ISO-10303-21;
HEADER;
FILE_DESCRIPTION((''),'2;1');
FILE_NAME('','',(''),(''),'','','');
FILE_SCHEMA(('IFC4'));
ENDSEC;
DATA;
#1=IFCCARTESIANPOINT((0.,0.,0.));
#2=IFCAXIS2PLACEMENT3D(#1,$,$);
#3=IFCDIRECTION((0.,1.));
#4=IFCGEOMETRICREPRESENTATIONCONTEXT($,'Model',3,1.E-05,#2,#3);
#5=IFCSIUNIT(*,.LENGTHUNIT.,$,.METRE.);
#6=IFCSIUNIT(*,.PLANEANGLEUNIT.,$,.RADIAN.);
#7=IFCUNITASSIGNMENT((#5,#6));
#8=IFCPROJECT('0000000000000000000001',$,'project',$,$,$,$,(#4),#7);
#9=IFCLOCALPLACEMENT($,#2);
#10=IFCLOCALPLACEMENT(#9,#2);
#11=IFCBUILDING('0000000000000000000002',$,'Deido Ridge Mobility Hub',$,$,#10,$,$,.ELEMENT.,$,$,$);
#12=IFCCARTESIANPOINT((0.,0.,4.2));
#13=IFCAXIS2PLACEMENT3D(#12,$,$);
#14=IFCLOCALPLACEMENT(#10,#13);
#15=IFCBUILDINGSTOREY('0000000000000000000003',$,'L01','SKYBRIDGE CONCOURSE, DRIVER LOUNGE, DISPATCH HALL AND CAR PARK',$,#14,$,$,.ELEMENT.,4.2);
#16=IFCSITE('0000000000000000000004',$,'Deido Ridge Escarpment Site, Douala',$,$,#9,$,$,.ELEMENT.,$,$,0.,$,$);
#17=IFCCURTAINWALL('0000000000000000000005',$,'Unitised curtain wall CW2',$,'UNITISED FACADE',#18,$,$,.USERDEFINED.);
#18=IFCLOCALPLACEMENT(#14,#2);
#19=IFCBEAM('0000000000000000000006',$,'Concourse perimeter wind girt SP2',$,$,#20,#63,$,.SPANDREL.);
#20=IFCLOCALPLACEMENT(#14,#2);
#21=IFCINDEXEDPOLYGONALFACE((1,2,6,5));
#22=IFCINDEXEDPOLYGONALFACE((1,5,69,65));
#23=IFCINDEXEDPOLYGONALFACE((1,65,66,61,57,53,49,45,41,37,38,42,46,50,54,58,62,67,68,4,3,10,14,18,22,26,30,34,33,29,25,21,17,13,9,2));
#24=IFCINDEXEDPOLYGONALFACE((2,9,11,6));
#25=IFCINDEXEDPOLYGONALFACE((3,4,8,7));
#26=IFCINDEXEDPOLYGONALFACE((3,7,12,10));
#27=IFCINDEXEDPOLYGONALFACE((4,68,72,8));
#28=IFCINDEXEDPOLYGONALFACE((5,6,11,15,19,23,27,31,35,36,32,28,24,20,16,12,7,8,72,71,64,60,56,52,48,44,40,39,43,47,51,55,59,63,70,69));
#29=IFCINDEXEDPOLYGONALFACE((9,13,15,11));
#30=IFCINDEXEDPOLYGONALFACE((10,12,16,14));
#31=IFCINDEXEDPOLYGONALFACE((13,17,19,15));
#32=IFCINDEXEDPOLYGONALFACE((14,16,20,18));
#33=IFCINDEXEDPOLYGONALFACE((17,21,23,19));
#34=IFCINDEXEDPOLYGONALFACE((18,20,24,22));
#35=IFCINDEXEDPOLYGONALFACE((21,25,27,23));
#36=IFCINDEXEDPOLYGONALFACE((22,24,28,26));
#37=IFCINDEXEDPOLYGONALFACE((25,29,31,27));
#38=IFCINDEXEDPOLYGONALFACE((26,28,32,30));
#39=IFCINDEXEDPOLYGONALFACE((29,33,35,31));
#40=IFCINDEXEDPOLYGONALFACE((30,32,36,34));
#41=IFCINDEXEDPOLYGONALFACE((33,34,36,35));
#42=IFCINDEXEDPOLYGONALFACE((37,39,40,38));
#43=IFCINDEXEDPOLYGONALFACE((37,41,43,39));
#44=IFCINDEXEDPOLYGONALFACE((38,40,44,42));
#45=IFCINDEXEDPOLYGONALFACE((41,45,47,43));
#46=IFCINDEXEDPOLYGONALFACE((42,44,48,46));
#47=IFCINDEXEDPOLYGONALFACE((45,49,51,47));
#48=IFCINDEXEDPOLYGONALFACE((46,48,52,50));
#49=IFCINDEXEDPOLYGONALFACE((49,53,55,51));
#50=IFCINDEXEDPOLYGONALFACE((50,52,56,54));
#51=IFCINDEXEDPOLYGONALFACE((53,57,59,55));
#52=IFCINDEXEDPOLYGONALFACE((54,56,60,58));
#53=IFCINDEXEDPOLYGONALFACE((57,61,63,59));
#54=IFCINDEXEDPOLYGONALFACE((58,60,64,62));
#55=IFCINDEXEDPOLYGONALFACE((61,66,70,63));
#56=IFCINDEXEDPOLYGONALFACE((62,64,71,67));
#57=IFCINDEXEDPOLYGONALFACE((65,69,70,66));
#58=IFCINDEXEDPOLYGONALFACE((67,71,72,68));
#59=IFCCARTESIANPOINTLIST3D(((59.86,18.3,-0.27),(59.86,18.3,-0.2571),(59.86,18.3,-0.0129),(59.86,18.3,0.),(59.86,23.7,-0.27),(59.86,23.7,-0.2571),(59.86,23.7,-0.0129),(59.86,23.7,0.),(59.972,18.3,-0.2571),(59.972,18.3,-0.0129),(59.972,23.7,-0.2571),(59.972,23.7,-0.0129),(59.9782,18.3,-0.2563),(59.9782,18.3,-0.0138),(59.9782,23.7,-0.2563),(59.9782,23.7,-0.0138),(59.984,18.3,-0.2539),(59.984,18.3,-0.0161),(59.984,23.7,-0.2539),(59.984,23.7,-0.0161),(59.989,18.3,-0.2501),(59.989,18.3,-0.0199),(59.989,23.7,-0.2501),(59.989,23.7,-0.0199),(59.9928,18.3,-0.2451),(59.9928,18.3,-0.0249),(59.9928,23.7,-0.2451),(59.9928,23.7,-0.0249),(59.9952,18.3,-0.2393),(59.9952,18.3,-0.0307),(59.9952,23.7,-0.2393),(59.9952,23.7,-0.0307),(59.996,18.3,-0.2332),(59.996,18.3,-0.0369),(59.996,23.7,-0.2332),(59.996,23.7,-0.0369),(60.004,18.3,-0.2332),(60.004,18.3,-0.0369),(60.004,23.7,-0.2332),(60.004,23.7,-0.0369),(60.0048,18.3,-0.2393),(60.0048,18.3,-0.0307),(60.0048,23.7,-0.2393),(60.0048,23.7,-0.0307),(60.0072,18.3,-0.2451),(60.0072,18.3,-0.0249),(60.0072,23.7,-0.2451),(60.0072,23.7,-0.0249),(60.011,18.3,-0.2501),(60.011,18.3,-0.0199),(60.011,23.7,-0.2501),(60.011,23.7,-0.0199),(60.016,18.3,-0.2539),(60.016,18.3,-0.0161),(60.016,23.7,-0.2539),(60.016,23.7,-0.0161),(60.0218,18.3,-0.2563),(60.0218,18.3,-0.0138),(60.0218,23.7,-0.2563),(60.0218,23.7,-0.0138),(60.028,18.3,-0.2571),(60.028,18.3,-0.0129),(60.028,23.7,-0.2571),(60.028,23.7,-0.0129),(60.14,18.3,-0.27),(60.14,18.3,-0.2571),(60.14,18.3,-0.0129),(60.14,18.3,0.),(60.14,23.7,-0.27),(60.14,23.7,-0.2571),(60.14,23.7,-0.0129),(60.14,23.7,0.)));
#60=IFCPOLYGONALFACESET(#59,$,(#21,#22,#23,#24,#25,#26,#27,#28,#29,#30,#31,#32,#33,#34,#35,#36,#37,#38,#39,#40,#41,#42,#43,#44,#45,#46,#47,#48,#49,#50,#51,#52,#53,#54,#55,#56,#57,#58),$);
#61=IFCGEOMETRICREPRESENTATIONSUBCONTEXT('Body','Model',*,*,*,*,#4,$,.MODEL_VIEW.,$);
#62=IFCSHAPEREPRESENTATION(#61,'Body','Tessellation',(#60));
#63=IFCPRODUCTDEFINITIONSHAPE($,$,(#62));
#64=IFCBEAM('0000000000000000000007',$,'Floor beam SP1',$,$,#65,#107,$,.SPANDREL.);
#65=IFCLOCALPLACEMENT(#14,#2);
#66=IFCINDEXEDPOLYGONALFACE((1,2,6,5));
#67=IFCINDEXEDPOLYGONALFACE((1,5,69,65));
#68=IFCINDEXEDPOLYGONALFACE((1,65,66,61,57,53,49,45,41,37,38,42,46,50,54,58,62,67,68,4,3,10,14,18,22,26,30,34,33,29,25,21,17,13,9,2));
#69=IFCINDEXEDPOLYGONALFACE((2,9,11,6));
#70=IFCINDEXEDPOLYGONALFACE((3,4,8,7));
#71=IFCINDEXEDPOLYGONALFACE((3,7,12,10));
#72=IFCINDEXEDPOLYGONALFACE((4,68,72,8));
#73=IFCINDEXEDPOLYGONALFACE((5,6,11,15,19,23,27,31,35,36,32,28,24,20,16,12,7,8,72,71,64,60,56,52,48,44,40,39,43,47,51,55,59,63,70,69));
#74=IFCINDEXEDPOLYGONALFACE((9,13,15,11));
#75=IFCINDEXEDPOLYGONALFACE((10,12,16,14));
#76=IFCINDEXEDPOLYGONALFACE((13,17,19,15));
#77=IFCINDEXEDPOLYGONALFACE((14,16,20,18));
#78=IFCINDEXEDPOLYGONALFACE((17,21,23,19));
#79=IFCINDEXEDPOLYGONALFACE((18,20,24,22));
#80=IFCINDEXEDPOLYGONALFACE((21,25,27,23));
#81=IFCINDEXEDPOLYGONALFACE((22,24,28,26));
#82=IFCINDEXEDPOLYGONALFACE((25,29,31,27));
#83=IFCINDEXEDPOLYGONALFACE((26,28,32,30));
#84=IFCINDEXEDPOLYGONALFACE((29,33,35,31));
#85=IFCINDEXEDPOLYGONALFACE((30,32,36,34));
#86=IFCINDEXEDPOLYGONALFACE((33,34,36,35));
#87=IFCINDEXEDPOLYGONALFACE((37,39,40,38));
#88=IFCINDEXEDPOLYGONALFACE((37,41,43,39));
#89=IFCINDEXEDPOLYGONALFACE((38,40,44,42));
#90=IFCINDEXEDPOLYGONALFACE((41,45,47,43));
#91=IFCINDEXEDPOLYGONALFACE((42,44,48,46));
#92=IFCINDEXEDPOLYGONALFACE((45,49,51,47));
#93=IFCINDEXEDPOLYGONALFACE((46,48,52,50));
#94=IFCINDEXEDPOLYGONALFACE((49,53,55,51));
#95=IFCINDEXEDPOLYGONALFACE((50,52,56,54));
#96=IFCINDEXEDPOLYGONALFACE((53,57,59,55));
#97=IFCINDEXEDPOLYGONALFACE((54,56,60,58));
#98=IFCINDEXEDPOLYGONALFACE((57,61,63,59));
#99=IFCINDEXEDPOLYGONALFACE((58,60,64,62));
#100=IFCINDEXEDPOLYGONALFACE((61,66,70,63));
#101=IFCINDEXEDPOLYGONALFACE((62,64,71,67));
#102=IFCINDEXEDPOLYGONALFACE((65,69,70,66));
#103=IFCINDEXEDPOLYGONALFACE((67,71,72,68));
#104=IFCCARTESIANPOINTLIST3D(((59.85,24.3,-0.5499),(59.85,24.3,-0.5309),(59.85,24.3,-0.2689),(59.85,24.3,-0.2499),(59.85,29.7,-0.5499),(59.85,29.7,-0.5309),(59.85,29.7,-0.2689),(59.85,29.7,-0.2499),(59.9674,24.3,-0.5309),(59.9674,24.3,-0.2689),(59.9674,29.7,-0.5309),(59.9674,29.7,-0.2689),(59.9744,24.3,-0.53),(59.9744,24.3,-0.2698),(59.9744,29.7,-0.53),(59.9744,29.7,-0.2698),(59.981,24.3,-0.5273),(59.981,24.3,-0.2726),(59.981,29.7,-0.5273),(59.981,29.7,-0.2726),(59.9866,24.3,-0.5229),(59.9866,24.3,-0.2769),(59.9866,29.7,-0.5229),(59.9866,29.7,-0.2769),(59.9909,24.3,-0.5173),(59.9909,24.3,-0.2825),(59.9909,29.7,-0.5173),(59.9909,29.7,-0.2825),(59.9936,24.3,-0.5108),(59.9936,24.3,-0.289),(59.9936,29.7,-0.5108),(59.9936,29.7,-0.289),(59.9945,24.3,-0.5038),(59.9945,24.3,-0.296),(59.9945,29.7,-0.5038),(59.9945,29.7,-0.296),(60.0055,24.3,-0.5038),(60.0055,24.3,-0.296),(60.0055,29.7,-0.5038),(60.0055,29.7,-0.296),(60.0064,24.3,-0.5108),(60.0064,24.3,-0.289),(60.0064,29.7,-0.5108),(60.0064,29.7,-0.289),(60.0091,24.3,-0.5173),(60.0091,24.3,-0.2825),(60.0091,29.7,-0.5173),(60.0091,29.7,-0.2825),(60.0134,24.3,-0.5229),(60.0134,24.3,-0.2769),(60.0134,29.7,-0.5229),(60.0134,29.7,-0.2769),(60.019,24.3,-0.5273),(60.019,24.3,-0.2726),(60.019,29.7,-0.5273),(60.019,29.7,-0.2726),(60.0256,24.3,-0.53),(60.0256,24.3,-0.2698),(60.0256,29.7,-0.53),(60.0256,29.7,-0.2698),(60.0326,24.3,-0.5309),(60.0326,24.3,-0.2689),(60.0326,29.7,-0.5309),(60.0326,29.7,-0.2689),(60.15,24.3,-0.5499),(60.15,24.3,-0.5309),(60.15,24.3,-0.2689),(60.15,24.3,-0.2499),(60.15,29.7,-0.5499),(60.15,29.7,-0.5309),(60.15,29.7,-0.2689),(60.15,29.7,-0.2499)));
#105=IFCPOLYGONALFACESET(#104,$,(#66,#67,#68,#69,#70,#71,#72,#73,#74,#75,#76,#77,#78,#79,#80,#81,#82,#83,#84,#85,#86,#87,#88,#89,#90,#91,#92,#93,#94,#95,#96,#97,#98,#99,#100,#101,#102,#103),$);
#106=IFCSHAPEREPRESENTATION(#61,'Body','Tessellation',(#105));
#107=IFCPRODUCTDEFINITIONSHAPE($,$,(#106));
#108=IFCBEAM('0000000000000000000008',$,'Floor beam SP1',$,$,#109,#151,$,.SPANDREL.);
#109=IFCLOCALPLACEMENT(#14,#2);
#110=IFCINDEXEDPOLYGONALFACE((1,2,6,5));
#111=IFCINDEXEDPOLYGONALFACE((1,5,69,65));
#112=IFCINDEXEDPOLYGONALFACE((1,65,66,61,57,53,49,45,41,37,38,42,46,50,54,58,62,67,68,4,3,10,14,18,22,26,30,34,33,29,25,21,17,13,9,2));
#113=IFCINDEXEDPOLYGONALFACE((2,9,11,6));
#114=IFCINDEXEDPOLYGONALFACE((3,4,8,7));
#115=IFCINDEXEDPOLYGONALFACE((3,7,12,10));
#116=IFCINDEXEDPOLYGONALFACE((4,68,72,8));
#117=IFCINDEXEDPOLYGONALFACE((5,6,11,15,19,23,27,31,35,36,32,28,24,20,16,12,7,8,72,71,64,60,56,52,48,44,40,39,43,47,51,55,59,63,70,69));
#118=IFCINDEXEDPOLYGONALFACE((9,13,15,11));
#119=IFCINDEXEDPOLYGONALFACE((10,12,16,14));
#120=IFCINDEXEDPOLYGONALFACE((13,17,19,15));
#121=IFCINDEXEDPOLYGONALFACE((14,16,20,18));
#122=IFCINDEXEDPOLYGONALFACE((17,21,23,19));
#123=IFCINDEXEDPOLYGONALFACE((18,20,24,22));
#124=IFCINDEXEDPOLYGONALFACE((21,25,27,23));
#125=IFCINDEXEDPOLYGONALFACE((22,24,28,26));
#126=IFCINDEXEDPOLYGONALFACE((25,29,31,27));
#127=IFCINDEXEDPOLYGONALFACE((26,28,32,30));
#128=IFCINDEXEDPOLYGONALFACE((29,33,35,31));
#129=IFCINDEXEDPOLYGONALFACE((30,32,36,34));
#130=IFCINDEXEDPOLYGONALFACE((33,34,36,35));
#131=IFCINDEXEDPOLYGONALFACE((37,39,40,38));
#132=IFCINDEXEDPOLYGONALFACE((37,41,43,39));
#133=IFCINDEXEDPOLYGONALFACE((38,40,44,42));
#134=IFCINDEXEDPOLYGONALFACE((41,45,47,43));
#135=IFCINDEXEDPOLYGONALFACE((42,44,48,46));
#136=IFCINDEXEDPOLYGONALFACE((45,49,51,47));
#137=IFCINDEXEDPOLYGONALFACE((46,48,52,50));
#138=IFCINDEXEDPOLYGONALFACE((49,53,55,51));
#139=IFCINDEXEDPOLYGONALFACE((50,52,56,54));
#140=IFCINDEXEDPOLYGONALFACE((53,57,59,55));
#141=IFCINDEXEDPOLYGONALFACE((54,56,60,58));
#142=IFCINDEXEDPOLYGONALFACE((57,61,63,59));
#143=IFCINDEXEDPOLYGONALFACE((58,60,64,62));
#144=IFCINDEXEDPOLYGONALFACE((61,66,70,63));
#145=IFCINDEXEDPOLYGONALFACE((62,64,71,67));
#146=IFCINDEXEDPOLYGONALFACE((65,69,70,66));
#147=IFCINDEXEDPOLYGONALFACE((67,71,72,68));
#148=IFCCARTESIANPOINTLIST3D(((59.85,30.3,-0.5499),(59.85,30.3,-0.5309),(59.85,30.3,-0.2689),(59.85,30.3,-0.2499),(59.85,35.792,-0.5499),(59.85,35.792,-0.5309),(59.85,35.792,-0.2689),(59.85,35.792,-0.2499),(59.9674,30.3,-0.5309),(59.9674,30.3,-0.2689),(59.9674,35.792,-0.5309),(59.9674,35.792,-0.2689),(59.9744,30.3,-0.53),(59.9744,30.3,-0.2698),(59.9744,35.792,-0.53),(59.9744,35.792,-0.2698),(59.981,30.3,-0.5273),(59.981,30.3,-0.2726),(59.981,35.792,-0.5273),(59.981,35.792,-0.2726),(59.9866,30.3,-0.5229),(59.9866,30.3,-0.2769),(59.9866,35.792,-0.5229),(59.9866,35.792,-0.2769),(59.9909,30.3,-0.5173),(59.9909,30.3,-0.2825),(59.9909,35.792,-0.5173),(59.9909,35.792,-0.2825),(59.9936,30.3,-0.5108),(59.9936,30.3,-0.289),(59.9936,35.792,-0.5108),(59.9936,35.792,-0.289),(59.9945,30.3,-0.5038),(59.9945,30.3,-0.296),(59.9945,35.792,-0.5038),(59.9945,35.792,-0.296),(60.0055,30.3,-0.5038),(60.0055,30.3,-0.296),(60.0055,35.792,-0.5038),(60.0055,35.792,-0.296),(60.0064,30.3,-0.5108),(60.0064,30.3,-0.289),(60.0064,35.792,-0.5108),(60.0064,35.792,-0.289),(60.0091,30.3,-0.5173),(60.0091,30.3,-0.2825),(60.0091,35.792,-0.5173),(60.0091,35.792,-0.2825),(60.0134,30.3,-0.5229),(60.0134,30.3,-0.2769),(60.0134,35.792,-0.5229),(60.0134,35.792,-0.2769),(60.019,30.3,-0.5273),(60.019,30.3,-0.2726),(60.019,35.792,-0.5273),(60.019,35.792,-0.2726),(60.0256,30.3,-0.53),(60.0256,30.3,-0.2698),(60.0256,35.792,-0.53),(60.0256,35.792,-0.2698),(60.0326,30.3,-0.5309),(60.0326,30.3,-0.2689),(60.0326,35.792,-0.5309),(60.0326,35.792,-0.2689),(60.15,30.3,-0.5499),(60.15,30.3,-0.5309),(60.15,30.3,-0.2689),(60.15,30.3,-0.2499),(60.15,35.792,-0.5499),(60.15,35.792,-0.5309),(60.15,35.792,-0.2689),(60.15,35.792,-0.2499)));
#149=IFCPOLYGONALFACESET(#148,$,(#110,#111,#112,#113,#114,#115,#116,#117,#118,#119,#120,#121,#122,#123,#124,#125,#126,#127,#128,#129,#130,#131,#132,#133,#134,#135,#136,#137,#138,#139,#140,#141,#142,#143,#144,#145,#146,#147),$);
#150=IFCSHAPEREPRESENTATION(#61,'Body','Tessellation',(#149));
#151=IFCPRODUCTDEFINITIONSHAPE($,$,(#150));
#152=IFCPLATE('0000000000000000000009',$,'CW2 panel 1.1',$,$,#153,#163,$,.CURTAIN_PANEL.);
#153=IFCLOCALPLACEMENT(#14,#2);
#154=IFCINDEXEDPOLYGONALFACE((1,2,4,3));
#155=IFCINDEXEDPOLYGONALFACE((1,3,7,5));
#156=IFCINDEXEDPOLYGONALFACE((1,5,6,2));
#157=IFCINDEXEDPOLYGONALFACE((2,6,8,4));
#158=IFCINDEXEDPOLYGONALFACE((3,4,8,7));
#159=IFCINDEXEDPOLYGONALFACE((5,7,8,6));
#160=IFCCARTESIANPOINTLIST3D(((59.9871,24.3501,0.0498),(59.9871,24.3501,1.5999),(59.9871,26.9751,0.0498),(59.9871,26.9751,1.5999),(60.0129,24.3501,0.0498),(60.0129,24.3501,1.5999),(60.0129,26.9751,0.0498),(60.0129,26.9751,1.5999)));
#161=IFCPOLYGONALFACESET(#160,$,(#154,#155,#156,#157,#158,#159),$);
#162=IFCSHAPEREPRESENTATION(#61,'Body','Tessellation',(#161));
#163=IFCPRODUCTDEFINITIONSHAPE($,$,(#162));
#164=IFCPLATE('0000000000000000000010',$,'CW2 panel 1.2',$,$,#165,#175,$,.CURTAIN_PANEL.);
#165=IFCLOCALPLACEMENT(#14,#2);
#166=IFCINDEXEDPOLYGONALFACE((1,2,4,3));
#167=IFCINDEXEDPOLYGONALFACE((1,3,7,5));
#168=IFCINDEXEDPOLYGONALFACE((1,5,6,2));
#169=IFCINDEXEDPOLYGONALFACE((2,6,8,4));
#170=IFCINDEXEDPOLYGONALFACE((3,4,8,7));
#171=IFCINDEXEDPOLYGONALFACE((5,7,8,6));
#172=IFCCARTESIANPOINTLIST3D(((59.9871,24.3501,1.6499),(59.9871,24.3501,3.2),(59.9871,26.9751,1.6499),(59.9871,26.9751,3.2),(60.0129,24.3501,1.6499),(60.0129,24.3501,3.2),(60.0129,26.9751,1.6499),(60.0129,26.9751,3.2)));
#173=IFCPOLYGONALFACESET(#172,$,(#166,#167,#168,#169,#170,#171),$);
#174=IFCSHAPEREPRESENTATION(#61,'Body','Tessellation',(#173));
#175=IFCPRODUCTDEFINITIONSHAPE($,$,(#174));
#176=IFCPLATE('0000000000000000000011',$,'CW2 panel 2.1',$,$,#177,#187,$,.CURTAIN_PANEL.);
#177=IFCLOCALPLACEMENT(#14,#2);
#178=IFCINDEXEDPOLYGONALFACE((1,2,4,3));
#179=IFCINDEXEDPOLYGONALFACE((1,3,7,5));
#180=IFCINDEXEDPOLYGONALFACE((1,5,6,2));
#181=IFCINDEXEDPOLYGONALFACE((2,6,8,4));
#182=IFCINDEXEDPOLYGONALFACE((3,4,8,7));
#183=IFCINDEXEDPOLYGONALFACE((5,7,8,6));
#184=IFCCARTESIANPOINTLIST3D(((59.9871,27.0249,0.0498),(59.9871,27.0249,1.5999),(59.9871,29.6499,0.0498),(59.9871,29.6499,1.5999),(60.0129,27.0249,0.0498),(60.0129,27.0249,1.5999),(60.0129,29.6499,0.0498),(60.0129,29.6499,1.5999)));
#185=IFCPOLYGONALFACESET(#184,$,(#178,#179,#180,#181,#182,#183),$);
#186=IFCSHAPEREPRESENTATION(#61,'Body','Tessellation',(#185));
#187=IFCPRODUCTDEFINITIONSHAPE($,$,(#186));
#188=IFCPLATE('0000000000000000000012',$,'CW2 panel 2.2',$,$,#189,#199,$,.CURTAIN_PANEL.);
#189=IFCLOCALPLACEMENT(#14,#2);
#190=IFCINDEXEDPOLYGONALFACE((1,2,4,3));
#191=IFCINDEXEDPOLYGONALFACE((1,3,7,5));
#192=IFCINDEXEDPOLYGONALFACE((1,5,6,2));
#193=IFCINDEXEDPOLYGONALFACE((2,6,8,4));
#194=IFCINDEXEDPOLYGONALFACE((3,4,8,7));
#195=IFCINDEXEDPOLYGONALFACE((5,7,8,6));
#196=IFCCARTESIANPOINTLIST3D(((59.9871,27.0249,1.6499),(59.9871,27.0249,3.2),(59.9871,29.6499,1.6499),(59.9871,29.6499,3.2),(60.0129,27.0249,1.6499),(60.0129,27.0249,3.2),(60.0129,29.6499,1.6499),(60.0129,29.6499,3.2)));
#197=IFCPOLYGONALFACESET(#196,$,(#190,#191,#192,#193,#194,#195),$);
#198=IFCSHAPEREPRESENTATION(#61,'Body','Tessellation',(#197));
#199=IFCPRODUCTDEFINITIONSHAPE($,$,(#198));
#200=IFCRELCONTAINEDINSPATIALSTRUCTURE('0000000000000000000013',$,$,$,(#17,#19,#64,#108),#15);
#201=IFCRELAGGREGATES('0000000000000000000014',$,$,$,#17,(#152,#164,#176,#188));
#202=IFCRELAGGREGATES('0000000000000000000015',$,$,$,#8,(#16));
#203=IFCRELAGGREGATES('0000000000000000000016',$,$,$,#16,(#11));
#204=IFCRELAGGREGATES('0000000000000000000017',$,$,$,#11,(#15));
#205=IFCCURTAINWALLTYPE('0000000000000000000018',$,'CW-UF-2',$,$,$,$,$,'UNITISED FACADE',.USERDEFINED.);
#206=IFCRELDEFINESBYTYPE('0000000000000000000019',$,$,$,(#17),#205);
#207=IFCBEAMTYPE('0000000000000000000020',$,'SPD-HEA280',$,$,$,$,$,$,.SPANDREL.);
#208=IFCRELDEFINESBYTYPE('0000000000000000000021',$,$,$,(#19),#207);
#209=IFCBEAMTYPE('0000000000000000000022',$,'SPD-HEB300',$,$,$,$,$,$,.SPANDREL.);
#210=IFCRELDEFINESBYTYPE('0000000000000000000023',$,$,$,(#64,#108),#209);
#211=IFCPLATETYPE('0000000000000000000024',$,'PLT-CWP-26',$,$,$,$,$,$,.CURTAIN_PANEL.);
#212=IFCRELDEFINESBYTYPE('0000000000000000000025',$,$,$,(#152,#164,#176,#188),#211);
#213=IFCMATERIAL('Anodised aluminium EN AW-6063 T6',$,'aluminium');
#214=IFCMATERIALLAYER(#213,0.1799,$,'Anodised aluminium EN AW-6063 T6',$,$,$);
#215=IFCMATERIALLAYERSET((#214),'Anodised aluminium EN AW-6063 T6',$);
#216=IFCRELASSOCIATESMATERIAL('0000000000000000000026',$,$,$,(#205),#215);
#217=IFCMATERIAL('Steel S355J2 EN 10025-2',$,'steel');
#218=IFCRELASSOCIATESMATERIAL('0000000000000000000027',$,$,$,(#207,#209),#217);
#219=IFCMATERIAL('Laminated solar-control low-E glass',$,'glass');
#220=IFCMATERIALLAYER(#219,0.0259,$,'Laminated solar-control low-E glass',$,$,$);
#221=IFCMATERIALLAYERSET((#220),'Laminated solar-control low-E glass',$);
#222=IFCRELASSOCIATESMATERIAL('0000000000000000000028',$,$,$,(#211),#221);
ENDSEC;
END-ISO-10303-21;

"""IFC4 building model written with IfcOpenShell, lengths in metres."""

from ifc_helpers import new_model, si_unit, direction, frame, origin, origin_2d, place, context, subcontext, project, spatial, rectangle, i_section, extrude, material, layer, layer_set, material_profile, profile_set, type_object, element, aggregate, save


model = new_model("IFC4")

# Units and contexts
model_context = context("Model", 3, precision=1e-05, world=origin(), true_north=direction((0.0, 1.0)))
body_context = subcontext(model_context, "Body", "Model", "MODEL_VIEW")
ifc_project = project(units=[si_unit("LENGTHUNIT", "METRE"), si_unit("PLANEANGLEUNIT", "RADIAN")], contexts=[model_context])

# Site, building, storey
site_placement = place(None, origin())
site = spatial("IfcSite", under=ifc_project, at=site_placement, Name="Deido Ridge Escarpment Site, Douala", CompositionType="ELEMENT", RefElevation=0.0)
building_placement = place(site_placement, origin())
building = spatial("IfcBuilding", under=site, at=building_placement, Name="Deido Ridge Mobility Hub", CompositionType="ELEMENT")
storey_placement = place(building_placement, frame((0.0, 0.0, 4.2)))
storey = spatial("IfcBuildingStorey", under=building, at=storey_placement, Name="L01", Description="SKYBRIDGE CONCOURSE, DRIVER LOUNGE, DISPATCH HALL AND CAR PARK", CompositionType="ELEMENT", Elevation=4.2)

# Shared definitions
ifc_material_1 = material(Name="Steel S355J2 EN 10025-2", Category="steel")

# Curtain wall
ifc_material_2 = material(Name="Anodised aluminium EN AW-6063 T6", Category="aluminium")
ifc_layer_1 = layer(ifc_material_2, 0.1799, Name="Anodised aluminium EN AW-6063 T6")
ifc_layer_set_1 = layer_set([ifc_layer_1], Name="Anodised aluminium EN AW-6063 T6")
curtain_wall_type_1 = type_object("IfcCurtainWallType", Name="CW-UF-2", ElementType="UNITISED FACADE", PredefinedType="USERDEFINED", material=ifc_layer_set_1)
curtain_wall_1_placement = place(storey_placement, origin())
curtain_wall_1 = element("IfcCurtainWall", 1, at=curtain_wall_1_placement, inside=storey, type_object=curtain_wall_type_1, Name="Unitised curtain wall CW2", ObjectType="UNITISED FACADE", PredefinedType="USERDEFINED")

# Beams
ifc_material_profile_1 = material_profile(ifc_material_1, i_section(OverallWidth=0.28, OverallDepth=0.27, WebThickness=0.0081, FlangeThickness=0.0129, FilletRadius=0.0239, at=origin_2d()), Name="HEA 280")
ifc_profile_set_1 = profile_set([ifc_material_profile_1], Name="Steel S355J2 EN 10025-2")
beam_type_1 = type_object("IfcBeamType", Name="SPD-HEA280", PredefinedType="SPANDREL", material=ifc_profile_set_1)
beam_1_placement = place(storey_placement, frame((60.0, 18.3, -0.135), z_axis=(0.0, 1.0, 0.0), x_axis=(-1.0, 0.0, 0.0)))
element("IfcBeam", 2, at=beam_1_placement, inside=storey, type_object=beam_type_1, Name="Concourse perimeter wind girt SP2", PredefinedType="SPANDREL", context=body_context, shape_type="SweptSolid", body=[
    extrude(i_section(OverallWidth=0.28, OverallDepth=0.27, WebThickness=0.0081, FlangeThickness=0.0129, FilletRadius=0.0239, at=origin_2d()), origin(), (0.0, 0.0, 1.0), 5.3999),
])
ifc_material_profile_2 = material_profile(ifc_material_1, i_section(OverallWidth=0.3, OverallDepth=0.3, WebThickness=0.011, FlangeThickness=0.019, FilletRadius=0.0271, at=origin_2d()), Name="HEB 300")
ifc_profile_set_2 = profile_set([ifc_material_profile_2], Name="Steel S355J2 EN 10025-2")
beam_type_2 = type_object("IfcBeamType", Name="SPD-HEB300", PredefinedType="SPANDREL", material=ifc_profile_set_2)
beam_2_placement = place(storey_placement, frame((60.0, 24.3, -0.3999), z_axis=(0.0, 1.0, 0.0), x_axis=(-1.0, 0.0, 0.0)))
element("IfcBeam", 3, at=beam_2_placement, inside=storey, type_object=beam_type_2, Name="Floor beam SP1", PredefinedType="SPANDREL", context=body_context, shape_type="SweptSolid", body=[
    extrude(i_section(OverallWidth=0.3, OverallDepth=0.3, WebThickness=0.011, FlangeThickness=0.019, FilletRadius=0.0271, at=origin_2d()), origin(), (0.0, 0.0, 1.0), 5.3999),
])
beam_3_placement = place(storey_placement, frame((60.0, 30.3, -0.3999), z_axis=(0.0, 1.0, 0.0), x_axis=(-1.0, 0.0, 0.0)))
element("IfcBeam", 4, at=beam_3_placement, inside=storey, type_object=beam_type_2, Name="Floor beam SP1", PredefinedType="SPANDREL", context=body_context, shape_type="SweptSolid", body=[
    extrude(i_section(OverallWidth=0.3, OverallDepth=0.3, WebThickness=0.011, FlangeThickness=0.019, FilletRadius=0.0271, at=origin_2d()), origin(), (0.0, 0.0, 1.0), 5.4919),
])

# Plates
ifc_material_3 = material(Name="Laminated solar-control low-E glass", Category="glass")
ifc_layer_2 = layer(ifc_material_3, 0.0259, Name="Laminated solar-control low-E glass")
ifc_layer_set_2 = layer_set([ifc_layer_2], Name="Laminated solar-control low-E glass")
plate_type_1 = type_object("IfcPlateType", Name="PLT-CWP-26", PredefinedType="CURTAIN_PANEL", material=ifc_layer_set_2)
plate_1_placement = place(storey_placement, frame((60.0, 25.6626, 0.0498), z_axis=(0.0, 0.0, 1.0), x_axis=(0.0, 1.0, 0.0)))
plate_1 = element("IfcPlate", 5, at=plate_1_placement, type_object=plate_type_1, Name="CW2 panel 1.1", PredefinedType="CURTAIN_PANEL", context=body_context, shape_type="SweptSolid", body=[
    extrude(rectangle(XDim=2.625, YDim=0.0259, at=origin_2d()), origin(), (0.0, 0.0, 1.0), 1.55),
])
plate_2_placement = place(storey_placement, frame((60.0, 25.6626, 1.6499), z_axis=(0.0, 0.0, 1.0), x_axis=(0.0, 1.0, 0.0)))
plate_2 = element("IfcPlate", 6, at=plate_2_placement, type_object=plate_type_1, Name="CW2 panel 1.2", PredefinedType="CURTAIN_PANEL", context=body_context, shape_type="SweptSolid", body=[
    extrude(rectangle(XDim=2.625, YDim=0.0259, at=origin_2d()), origin(), (0.0, 0.0, 1.0), 1.55),
])
plate_3_placement = place(storey_placement, frame((60.0, 28.3374, 0.0498), z_axis=(0.0, 0.0, 1.0), x_axis=(0.0, 1.0, 0.0)))
plate_3 = element("IfcPlate", 7, at=plate_3_placement, type_object=plate_type_1, Name="CW2 panel 2.1", PredefinedType="CURTAIN_PANEL", context=body_context, shape_type="SweptSolid", body=[
    extrude(rectangle(XDim=2.625, YDim=0.0259, at=origin_2d()), origin(), (0.0, 0.0, 1.0), 1.55),
])
plate_4_placement = place(storey_placement, frame((60.0, 28.3374, 1.6499), z_axis=(0.0, 0.0, 1.0), x_axis=(0.0, 1.0, 0.0)))
plate_4 = element("IfcPlate", 8, at=plate_4_placement, type_object=plate_type_1, Name="CW2 panel 2.2", PredefinedType="CURTAIN_PANEL", context=body_context, shape_type="SweptSolid", body=[
    extrude(rectangle(XDim=2.625, YDim=0.0259, at=origin_2d()), origin(), (0.0, 0.0, 1.0), 1.55),
])
aggregate(curtain_wall_1, [plate_1, plate_2, plate_3, plate_4])

save(model, "model.ifc")
